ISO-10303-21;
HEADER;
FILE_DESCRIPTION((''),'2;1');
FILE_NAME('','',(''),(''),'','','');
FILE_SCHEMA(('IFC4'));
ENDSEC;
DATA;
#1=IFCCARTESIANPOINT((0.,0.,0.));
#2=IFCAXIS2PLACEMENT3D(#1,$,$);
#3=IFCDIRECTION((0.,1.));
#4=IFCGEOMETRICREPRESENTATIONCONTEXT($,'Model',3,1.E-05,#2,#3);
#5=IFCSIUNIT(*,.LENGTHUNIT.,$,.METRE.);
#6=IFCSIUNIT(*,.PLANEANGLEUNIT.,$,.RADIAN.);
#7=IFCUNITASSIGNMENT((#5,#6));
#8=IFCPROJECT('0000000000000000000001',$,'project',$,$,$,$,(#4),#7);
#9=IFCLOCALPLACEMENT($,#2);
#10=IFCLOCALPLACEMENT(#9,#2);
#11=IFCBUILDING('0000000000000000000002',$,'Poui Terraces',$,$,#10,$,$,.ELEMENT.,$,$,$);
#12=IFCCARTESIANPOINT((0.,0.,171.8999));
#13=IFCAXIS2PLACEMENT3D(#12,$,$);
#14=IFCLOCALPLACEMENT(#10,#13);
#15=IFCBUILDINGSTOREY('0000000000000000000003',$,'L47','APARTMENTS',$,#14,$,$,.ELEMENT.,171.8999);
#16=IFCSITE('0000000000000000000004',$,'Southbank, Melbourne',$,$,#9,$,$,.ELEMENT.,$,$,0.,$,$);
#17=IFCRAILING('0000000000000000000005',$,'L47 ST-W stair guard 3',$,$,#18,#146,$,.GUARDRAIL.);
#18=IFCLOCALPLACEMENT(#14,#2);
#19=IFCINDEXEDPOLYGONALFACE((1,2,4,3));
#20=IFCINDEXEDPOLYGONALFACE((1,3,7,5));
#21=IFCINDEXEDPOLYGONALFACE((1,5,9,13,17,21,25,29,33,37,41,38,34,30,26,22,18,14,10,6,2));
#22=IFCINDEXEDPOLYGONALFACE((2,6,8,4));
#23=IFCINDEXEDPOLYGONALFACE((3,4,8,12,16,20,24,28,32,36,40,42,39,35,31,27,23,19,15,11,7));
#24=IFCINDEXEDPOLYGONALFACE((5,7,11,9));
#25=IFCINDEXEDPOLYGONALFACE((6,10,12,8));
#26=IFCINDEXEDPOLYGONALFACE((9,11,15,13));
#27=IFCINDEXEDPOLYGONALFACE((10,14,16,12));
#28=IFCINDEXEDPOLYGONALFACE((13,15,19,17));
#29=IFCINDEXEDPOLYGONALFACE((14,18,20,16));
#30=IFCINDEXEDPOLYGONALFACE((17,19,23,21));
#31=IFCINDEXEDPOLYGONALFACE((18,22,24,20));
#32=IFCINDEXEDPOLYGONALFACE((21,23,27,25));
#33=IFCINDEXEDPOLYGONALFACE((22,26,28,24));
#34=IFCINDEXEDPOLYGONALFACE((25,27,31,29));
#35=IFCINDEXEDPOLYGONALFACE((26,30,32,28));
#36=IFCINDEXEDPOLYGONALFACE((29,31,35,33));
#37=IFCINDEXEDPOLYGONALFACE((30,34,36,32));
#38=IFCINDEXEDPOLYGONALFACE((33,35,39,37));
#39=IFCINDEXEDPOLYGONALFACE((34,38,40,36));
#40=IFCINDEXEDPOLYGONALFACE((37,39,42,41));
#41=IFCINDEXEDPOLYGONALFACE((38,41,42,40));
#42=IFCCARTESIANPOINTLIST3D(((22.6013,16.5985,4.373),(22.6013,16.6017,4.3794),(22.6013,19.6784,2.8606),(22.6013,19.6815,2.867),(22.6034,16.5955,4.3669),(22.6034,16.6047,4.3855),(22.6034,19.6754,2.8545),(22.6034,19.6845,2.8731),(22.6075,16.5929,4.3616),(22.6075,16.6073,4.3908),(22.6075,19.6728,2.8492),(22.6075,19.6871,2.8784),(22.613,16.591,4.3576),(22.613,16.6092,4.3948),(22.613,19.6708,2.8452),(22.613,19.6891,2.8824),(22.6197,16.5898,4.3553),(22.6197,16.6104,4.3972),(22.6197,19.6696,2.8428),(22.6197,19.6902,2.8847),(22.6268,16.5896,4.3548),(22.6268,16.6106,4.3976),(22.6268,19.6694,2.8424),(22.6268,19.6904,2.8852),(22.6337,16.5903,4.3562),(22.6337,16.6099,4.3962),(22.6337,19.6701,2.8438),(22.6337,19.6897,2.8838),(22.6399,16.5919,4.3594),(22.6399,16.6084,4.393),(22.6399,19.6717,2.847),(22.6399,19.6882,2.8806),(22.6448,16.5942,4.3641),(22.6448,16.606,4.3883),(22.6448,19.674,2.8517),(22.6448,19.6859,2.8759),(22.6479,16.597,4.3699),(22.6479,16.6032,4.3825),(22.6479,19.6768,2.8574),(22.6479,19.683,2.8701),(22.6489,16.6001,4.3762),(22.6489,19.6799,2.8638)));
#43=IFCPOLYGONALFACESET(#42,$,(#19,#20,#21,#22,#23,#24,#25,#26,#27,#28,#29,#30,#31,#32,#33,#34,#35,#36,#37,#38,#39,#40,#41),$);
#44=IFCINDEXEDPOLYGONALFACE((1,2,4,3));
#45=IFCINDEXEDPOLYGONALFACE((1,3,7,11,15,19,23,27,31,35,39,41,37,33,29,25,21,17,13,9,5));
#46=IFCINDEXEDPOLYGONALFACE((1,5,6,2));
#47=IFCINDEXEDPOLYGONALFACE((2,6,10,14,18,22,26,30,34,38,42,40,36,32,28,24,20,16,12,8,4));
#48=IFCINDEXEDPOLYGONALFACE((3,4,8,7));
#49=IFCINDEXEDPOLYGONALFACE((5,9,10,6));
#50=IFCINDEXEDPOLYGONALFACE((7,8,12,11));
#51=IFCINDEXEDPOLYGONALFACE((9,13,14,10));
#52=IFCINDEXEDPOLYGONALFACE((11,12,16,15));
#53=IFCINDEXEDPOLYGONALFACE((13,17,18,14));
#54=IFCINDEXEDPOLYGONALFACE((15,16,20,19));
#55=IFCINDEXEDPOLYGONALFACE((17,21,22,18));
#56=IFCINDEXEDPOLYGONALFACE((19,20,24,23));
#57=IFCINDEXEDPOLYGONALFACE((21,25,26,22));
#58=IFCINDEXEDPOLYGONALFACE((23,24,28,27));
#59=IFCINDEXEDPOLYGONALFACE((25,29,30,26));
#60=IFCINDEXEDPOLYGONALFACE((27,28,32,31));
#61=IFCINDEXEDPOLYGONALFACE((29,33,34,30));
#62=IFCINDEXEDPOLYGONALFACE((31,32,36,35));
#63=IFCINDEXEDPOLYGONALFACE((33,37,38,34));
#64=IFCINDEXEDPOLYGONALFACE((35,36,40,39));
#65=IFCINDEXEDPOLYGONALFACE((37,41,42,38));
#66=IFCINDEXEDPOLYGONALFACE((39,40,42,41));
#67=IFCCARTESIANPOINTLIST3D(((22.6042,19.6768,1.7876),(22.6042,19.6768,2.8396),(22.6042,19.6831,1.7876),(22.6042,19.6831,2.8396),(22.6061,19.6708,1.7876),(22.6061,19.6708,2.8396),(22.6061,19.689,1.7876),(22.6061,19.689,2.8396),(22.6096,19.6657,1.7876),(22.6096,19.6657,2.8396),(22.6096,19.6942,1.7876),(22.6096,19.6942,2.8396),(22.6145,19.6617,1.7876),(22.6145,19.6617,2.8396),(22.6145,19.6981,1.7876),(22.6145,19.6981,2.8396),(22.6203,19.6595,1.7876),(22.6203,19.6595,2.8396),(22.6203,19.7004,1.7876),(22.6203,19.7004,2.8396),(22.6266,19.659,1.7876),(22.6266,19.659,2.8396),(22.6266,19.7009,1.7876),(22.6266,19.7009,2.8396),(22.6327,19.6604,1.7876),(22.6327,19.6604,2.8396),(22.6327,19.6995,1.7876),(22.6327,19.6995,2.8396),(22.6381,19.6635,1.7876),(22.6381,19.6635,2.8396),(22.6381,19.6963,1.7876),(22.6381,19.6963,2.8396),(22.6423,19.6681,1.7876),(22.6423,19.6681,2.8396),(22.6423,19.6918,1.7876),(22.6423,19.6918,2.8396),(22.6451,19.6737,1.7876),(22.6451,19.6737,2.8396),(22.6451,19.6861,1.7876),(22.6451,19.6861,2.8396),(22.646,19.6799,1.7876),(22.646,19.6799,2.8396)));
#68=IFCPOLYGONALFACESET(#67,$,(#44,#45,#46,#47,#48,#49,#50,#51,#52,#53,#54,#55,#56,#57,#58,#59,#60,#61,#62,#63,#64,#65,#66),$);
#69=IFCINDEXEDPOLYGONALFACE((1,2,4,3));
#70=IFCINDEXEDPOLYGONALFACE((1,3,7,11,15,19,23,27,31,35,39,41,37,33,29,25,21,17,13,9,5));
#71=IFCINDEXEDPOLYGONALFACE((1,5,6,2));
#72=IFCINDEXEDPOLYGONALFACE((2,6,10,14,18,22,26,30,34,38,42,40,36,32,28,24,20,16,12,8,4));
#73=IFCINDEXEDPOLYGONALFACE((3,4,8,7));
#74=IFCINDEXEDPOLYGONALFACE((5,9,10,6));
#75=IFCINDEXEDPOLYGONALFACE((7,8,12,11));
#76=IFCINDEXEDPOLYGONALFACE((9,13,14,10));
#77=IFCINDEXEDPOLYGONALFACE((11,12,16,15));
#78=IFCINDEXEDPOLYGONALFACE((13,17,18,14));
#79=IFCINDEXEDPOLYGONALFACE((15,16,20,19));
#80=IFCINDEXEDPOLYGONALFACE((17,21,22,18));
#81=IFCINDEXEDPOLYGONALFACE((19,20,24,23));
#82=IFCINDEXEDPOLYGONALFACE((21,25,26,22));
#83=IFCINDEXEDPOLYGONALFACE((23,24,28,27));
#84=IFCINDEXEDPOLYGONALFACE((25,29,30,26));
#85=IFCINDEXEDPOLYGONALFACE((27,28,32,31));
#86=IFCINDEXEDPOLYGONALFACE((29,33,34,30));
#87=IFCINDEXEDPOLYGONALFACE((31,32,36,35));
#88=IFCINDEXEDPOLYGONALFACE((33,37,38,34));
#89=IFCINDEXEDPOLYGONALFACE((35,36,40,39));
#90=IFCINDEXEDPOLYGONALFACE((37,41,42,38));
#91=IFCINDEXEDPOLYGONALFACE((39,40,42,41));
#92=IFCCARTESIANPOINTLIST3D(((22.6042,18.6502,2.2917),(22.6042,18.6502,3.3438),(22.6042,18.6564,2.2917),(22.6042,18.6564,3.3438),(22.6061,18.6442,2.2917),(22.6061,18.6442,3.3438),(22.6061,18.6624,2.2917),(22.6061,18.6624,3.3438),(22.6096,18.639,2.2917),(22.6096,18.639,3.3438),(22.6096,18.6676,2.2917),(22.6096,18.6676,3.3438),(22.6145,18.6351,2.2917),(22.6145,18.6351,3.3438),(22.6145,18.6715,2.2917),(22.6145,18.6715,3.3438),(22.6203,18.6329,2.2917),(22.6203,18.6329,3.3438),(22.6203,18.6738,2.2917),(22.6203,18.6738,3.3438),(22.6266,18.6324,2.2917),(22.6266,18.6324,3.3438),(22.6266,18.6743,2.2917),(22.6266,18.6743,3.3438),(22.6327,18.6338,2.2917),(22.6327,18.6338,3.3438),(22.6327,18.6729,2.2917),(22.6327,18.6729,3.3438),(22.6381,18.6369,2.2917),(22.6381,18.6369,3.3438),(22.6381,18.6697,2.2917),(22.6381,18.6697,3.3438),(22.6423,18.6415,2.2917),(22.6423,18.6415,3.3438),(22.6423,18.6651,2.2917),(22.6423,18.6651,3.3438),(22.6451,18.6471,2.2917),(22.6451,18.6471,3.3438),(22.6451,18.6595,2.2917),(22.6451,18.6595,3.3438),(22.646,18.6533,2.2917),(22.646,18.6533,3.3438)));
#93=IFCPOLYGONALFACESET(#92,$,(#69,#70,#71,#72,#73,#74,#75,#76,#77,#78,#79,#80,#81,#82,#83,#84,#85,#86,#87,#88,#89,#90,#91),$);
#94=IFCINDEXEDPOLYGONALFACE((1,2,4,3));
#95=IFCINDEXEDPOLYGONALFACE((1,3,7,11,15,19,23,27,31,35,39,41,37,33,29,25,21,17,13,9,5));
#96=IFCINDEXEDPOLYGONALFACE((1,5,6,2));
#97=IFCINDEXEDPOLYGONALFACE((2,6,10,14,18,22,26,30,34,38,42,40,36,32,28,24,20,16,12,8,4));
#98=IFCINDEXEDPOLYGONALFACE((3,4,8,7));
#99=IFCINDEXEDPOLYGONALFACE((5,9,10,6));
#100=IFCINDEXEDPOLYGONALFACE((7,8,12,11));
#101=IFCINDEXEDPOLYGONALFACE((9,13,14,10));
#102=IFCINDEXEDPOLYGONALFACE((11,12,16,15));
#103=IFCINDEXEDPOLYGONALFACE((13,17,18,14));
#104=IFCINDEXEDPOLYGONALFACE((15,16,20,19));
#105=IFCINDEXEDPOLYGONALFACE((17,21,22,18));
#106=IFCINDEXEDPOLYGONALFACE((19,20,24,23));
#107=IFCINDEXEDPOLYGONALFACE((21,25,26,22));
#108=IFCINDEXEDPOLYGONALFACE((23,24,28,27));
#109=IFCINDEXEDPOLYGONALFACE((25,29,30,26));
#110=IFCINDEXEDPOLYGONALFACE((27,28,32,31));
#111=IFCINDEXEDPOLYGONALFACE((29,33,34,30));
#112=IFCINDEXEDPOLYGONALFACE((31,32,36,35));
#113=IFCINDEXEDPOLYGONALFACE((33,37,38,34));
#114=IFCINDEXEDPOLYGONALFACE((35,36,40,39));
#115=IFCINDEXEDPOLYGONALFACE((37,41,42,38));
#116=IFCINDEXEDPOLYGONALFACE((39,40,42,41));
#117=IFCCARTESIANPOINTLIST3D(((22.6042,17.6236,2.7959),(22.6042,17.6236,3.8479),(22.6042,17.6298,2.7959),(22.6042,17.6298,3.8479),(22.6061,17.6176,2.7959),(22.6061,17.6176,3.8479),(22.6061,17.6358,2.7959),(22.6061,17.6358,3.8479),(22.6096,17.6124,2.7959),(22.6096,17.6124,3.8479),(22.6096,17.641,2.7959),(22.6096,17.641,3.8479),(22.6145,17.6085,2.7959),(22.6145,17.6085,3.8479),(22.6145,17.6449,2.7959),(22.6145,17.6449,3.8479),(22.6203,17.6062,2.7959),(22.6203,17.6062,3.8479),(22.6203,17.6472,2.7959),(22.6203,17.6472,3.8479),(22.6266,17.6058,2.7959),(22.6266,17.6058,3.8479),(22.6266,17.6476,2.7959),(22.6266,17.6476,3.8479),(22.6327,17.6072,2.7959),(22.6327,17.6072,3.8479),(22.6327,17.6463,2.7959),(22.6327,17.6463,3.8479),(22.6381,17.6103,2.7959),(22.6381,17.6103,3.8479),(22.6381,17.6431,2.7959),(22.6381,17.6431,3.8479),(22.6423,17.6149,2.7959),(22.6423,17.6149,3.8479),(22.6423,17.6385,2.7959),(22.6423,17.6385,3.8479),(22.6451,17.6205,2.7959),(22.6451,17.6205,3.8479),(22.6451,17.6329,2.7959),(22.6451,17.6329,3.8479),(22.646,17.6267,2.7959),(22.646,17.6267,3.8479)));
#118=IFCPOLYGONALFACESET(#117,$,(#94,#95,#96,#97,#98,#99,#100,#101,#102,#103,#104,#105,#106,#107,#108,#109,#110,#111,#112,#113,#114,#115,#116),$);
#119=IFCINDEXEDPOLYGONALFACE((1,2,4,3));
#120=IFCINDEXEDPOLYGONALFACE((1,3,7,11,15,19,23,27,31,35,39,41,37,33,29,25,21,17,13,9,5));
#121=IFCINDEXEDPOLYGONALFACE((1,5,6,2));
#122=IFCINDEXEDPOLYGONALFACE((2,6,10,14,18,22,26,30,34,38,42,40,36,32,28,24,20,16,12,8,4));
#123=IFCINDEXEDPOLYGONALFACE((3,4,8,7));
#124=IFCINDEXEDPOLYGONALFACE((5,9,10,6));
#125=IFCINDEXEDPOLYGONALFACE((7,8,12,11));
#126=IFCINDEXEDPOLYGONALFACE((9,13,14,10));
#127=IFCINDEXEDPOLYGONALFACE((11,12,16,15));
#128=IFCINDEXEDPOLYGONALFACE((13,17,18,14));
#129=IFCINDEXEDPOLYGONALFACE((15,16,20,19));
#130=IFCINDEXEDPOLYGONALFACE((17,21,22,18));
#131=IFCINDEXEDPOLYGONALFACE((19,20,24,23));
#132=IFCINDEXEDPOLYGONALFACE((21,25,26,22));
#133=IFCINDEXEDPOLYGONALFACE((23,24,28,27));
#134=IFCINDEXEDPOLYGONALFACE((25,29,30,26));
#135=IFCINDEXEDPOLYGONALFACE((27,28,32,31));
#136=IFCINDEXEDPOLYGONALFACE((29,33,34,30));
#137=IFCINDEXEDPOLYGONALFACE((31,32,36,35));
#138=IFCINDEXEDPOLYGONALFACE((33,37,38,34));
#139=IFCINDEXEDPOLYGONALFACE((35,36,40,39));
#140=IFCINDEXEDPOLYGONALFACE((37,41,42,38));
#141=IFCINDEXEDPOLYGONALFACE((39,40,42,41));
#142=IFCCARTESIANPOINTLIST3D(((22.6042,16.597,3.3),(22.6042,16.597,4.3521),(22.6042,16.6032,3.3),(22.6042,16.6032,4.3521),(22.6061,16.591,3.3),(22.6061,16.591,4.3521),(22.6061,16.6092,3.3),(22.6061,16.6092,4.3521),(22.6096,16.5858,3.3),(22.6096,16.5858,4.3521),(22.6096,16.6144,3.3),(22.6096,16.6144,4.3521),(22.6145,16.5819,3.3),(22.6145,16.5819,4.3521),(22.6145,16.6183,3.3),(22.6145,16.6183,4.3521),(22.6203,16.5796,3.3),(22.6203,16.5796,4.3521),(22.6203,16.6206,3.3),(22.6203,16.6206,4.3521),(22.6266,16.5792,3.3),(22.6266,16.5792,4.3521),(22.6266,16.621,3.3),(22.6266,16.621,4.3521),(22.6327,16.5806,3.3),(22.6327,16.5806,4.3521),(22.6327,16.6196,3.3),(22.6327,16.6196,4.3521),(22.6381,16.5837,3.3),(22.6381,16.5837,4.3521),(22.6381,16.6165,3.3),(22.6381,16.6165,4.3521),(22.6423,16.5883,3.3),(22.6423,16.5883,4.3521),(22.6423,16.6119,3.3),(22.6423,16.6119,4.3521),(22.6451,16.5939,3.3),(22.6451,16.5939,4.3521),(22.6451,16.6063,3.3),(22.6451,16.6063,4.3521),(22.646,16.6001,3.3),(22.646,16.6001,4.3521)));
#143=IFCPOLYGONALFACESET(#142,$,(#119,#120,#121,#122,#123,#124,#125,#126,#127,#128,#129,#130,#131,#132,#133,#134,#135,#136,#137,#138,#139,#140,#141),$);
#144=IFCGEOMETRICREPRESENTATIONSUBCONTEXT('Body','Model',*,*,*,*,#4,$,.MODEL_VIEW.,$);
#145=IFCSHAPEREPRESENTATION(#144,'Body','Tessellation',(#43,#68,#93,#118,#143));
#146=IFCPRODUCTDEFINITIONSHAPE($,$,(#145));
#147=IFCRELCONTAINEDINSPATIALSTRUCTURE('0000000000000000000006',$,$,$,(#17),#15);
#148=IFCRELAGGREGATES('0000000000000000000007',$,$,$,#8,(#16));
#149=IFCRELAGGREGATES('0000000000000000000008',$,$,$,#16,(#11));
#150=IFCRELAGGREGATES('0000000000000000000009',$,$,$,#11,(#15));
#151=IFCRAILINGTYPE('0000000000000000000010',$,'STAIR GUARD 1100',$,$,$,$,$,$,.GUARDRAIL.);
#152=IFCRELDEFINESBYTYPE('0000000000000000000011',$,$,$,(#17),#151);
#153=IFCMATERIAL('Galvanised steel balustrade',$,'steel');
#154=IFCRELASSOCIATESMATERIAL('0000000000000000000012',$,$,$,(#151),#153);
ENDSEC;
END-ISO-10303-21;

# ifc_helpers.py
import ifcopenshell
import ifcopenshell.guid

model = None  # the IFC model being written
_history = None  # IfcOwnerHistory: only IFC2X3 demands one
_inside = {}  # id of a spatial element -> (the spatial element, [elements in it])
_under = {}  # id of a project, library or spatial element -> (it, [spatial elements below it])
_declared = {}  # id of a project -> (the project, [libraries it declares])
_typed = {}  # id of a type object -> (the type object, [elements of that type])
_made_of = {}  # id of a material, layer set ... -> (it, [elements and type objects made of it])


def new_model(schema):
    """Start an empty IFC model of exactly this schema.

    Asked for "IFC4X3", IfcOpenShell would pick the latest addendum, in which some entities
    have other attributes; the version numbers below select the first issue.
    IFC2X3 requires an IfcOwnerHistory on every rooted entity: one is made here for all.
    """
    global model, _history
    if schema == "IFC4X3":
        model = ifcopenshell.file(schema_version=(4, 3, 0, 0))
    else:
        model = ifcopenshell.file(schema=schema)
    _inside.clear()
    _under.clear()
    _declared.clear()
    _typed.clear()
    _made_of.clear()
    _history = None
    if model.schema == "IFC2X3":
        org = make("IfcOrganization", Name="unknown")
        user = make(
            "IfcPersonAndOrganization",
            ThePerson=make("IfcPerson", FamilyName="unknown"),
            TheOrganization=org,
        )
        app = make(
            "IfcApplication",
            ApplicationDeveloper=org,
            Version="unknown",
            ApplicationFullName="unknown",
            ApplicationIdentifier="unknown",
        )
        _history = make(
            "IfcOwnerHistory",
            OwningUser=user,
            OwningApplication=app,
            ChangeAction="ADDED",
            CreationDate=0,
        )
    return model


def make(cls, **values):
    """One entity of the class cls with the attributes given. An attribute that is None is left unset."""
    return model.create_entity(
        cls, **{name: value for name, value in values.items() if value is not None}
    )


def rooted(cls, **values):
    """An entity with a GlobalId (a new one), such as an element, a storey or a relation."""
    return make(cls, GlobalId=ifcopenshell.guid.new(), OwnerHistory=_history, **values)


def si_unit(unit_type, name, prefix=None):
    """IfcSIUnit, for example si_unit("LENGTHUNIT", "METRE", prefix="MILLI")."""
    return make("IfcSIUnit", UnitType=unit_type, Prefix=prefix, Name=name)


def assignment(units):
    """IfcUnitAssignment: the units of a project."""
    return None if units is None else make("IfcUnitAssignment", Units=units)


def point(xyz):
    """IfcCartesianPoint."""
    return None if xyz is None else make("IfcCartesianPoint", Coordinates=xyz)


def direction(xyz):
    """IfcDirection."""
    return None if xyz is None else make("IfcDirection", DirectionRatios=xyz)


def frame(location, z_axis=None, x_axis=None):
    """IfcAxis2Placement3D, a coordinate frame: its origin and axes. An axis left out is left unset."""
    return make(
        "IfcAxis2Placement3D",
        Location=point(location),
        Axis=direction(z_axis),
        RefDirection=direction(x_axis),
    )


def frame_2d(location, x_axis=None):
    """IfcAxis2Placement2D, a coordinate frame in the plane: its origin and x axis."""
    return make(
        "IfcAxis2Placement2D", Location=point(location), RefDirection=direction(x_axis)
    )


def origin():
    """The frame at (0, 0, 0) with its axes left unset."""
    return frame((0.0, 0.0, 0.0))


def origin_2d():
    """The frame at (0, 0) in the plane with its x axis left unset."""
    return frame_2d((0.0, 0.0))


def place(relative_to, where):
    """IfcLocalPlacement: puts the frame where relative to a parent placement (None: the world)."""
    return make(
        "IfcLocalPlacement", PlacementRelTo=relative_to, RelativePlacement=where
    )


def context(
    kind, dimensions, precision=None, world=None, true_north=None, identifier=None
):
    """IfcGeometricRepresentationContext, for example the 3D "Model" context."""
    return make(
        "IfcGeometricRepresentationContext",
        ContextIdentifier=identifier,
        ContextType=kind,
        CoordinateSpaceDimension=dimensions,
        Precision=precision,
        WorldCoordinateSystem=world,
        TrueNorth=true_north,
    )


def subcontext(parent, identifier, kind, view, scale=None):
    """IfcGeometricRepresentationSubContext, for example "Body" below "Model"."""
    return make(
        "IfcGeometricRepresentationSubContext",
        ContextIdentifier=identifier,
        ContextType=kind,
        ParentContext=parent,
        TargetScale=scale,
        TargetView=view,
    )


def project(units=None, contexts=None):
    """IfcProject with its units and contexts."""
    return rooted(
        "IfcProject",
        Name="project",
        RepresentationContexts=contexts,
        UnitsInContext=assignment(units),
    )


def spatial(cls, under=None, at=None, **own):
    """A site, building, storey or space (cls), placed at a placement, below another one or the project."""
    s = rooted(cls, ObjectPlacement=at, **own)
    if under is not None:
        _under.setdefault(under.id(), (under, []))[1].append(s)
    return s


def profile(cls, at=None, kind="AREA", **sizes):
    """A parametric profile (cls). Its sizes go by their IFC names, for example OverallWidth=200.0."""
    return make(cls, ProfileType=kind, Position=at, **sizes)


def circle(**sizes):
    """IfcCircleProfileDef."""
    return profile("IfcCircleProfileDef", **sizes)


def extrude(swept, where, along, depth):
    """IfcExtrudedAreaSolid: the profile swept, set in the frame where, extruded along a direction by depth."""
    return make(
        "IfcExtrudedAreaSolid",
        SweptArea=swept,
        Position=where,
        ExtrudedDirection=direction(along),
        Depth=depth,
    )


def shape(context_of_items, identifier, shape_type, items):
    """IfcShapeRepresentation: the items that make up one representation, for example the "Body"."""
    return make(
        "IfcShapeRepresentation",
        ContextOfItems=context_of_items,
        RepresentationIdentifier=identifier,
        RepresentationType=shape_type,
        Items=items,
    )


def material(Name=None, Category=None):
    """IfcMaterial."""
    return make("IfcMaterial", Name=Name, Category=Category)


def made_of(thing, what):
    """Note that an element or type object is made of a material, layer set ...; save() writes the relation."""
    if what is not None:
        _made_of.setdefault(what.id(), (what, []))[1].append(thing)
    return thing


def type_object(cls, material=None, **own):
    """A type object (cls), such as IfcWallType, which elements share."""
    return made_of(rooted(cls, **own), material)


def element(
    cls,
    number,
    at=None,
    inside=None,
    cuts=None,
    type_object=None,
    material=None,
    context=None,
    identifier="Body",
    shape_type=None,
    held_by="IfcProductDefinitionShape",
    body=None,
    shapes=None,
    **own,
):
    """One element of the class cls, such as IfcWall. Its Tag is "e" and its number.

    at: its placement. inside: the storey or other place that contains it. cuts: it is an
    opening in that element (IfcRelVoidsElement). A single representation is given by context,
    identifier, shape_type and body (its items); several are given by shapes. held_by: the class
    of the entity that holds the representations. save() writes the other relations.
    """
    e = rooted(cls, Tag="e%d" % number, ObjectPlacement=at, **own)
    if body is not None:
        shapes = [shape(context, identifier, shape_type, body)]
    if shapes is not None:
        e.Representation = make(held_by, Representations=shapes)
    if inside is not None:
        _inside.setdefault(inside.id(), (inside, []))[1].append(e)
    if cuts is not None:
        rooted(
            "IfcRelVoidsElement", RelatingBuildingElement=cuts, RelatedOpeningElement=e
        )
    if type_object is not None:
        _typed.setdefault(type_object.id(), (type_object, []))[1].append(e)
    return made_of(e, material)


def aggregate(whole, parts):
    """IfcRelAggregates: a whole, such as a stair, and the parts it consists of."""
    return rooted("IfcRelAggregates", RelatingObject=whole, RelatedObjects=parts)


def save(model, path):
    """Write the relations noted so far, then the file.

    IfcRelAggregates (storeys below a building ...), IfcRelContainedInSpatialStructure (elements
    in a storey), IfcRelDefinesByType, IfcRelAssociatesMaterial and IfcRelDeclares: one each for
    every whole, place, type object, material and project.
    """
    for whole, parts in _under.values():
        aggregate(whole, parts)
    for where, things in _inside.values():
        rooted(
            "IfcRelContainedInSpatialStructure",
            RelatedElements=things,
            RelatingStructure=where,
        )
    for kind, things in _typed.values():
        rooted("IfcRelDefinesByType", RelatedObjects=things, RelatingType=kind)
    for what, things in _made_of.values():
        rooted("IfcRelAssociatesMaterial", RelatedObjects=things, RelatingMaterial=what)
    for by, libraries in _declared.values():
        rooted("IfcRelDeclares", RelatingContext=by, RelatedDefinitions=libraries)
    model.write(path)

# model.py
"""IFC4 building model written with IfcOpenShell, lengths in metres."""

from ifc_helpers import new_model, si_unit, direction, frame, origin, origin_2d, place, context, subcontext, project, spatial, circle, extrude, material, type_object, element, save


model = new_model("IFC4")

# Units and contexts
model_context = context("Model", 3, precision=1e-05, world=origin(), true_north=direction((0.0, 1.0)))
body_context = subcontext(model_context, "Body", "Model", "MODEL_VIEW")
ifc_project = project(units=[si_unit("LENGTHUNIT", "METRE"), si_unit("PLANEANGLEUNIT", "RADIAN")], contexts=[model_context])

# Site, building, storey
site_placement = place(None, origin())
site = spatial("IfcSite", under=ifc_project, at=site_placement, Name="Southbank, Melbourne", CompositionType="ELEMENT", RefElevation=0.0)
building_placement = place(site_placement, origin())
building = spatial("IfcBuilding", under=site, at=building_placement, Name="Poui Terraces", CompositionType="ELEMENT")
storey_placement = place(building_placement, frame((0.0, 0.0, 171.8999)))
storey = spatial("IfcBuildingStorey", under=building, at=storey_placement, Name="L47", Description="APARTMENTS", CompositionType="ELEMENT", Elevation=171.8999)

# Railing
ifc_material_1 = material(Name="Galvanised steel balustrade", Category="steel")
railing_type_1 = type_object("IfcRailingType", Name="STAIR GUARD 1100", PredefinedType="GUARDRAIL", material=ifc_material_1)
railing_1_placement = place(storey_placement, frame((22.625, 19.6799, 1.7876)))
element("IfcRailing", 1, at=railing_1_placement, inside=storey, type_object=railing_type_1, Name="L47 ST-W stair guard 3", PredefinedType="GUARDRAIL", context=body_context, shape_type="SweptSolid", body=[
    extrude(circle(Radius=0.0239, at=origin_2d()), frame((0.0, 0.0, 1.0762), z_axis=(0.0, -0.897606, 0.440798), x_axis=(1.0, 0.0, 0.0)), (0.0, 0.0, 1.0), 3.4312),
    extrude(circle(Radius=0.021, at=origin_2d()), origin(), (0.0, 0.0, 1.0), 1.052),
    extrude(circle(Radius=0.021, at=origin_2d()), frame((0.0, -1.0266, 0.5042)), (0.0, 0.0, 1.0), 1.052),
    extrude(circle(Radius=0.021, at=origin_2d()), frame((0.0, -2.0532, 1.0083)), (0.0, 0.0, 1.0), 1.052),
    extrude(circle(Radius=0.021, at=origin_2d()), frame((0.0, -3.0798, 1.5125)), (0.0, 0.0, 1.0), 1.052),
])

save(model, "model.ifc")
